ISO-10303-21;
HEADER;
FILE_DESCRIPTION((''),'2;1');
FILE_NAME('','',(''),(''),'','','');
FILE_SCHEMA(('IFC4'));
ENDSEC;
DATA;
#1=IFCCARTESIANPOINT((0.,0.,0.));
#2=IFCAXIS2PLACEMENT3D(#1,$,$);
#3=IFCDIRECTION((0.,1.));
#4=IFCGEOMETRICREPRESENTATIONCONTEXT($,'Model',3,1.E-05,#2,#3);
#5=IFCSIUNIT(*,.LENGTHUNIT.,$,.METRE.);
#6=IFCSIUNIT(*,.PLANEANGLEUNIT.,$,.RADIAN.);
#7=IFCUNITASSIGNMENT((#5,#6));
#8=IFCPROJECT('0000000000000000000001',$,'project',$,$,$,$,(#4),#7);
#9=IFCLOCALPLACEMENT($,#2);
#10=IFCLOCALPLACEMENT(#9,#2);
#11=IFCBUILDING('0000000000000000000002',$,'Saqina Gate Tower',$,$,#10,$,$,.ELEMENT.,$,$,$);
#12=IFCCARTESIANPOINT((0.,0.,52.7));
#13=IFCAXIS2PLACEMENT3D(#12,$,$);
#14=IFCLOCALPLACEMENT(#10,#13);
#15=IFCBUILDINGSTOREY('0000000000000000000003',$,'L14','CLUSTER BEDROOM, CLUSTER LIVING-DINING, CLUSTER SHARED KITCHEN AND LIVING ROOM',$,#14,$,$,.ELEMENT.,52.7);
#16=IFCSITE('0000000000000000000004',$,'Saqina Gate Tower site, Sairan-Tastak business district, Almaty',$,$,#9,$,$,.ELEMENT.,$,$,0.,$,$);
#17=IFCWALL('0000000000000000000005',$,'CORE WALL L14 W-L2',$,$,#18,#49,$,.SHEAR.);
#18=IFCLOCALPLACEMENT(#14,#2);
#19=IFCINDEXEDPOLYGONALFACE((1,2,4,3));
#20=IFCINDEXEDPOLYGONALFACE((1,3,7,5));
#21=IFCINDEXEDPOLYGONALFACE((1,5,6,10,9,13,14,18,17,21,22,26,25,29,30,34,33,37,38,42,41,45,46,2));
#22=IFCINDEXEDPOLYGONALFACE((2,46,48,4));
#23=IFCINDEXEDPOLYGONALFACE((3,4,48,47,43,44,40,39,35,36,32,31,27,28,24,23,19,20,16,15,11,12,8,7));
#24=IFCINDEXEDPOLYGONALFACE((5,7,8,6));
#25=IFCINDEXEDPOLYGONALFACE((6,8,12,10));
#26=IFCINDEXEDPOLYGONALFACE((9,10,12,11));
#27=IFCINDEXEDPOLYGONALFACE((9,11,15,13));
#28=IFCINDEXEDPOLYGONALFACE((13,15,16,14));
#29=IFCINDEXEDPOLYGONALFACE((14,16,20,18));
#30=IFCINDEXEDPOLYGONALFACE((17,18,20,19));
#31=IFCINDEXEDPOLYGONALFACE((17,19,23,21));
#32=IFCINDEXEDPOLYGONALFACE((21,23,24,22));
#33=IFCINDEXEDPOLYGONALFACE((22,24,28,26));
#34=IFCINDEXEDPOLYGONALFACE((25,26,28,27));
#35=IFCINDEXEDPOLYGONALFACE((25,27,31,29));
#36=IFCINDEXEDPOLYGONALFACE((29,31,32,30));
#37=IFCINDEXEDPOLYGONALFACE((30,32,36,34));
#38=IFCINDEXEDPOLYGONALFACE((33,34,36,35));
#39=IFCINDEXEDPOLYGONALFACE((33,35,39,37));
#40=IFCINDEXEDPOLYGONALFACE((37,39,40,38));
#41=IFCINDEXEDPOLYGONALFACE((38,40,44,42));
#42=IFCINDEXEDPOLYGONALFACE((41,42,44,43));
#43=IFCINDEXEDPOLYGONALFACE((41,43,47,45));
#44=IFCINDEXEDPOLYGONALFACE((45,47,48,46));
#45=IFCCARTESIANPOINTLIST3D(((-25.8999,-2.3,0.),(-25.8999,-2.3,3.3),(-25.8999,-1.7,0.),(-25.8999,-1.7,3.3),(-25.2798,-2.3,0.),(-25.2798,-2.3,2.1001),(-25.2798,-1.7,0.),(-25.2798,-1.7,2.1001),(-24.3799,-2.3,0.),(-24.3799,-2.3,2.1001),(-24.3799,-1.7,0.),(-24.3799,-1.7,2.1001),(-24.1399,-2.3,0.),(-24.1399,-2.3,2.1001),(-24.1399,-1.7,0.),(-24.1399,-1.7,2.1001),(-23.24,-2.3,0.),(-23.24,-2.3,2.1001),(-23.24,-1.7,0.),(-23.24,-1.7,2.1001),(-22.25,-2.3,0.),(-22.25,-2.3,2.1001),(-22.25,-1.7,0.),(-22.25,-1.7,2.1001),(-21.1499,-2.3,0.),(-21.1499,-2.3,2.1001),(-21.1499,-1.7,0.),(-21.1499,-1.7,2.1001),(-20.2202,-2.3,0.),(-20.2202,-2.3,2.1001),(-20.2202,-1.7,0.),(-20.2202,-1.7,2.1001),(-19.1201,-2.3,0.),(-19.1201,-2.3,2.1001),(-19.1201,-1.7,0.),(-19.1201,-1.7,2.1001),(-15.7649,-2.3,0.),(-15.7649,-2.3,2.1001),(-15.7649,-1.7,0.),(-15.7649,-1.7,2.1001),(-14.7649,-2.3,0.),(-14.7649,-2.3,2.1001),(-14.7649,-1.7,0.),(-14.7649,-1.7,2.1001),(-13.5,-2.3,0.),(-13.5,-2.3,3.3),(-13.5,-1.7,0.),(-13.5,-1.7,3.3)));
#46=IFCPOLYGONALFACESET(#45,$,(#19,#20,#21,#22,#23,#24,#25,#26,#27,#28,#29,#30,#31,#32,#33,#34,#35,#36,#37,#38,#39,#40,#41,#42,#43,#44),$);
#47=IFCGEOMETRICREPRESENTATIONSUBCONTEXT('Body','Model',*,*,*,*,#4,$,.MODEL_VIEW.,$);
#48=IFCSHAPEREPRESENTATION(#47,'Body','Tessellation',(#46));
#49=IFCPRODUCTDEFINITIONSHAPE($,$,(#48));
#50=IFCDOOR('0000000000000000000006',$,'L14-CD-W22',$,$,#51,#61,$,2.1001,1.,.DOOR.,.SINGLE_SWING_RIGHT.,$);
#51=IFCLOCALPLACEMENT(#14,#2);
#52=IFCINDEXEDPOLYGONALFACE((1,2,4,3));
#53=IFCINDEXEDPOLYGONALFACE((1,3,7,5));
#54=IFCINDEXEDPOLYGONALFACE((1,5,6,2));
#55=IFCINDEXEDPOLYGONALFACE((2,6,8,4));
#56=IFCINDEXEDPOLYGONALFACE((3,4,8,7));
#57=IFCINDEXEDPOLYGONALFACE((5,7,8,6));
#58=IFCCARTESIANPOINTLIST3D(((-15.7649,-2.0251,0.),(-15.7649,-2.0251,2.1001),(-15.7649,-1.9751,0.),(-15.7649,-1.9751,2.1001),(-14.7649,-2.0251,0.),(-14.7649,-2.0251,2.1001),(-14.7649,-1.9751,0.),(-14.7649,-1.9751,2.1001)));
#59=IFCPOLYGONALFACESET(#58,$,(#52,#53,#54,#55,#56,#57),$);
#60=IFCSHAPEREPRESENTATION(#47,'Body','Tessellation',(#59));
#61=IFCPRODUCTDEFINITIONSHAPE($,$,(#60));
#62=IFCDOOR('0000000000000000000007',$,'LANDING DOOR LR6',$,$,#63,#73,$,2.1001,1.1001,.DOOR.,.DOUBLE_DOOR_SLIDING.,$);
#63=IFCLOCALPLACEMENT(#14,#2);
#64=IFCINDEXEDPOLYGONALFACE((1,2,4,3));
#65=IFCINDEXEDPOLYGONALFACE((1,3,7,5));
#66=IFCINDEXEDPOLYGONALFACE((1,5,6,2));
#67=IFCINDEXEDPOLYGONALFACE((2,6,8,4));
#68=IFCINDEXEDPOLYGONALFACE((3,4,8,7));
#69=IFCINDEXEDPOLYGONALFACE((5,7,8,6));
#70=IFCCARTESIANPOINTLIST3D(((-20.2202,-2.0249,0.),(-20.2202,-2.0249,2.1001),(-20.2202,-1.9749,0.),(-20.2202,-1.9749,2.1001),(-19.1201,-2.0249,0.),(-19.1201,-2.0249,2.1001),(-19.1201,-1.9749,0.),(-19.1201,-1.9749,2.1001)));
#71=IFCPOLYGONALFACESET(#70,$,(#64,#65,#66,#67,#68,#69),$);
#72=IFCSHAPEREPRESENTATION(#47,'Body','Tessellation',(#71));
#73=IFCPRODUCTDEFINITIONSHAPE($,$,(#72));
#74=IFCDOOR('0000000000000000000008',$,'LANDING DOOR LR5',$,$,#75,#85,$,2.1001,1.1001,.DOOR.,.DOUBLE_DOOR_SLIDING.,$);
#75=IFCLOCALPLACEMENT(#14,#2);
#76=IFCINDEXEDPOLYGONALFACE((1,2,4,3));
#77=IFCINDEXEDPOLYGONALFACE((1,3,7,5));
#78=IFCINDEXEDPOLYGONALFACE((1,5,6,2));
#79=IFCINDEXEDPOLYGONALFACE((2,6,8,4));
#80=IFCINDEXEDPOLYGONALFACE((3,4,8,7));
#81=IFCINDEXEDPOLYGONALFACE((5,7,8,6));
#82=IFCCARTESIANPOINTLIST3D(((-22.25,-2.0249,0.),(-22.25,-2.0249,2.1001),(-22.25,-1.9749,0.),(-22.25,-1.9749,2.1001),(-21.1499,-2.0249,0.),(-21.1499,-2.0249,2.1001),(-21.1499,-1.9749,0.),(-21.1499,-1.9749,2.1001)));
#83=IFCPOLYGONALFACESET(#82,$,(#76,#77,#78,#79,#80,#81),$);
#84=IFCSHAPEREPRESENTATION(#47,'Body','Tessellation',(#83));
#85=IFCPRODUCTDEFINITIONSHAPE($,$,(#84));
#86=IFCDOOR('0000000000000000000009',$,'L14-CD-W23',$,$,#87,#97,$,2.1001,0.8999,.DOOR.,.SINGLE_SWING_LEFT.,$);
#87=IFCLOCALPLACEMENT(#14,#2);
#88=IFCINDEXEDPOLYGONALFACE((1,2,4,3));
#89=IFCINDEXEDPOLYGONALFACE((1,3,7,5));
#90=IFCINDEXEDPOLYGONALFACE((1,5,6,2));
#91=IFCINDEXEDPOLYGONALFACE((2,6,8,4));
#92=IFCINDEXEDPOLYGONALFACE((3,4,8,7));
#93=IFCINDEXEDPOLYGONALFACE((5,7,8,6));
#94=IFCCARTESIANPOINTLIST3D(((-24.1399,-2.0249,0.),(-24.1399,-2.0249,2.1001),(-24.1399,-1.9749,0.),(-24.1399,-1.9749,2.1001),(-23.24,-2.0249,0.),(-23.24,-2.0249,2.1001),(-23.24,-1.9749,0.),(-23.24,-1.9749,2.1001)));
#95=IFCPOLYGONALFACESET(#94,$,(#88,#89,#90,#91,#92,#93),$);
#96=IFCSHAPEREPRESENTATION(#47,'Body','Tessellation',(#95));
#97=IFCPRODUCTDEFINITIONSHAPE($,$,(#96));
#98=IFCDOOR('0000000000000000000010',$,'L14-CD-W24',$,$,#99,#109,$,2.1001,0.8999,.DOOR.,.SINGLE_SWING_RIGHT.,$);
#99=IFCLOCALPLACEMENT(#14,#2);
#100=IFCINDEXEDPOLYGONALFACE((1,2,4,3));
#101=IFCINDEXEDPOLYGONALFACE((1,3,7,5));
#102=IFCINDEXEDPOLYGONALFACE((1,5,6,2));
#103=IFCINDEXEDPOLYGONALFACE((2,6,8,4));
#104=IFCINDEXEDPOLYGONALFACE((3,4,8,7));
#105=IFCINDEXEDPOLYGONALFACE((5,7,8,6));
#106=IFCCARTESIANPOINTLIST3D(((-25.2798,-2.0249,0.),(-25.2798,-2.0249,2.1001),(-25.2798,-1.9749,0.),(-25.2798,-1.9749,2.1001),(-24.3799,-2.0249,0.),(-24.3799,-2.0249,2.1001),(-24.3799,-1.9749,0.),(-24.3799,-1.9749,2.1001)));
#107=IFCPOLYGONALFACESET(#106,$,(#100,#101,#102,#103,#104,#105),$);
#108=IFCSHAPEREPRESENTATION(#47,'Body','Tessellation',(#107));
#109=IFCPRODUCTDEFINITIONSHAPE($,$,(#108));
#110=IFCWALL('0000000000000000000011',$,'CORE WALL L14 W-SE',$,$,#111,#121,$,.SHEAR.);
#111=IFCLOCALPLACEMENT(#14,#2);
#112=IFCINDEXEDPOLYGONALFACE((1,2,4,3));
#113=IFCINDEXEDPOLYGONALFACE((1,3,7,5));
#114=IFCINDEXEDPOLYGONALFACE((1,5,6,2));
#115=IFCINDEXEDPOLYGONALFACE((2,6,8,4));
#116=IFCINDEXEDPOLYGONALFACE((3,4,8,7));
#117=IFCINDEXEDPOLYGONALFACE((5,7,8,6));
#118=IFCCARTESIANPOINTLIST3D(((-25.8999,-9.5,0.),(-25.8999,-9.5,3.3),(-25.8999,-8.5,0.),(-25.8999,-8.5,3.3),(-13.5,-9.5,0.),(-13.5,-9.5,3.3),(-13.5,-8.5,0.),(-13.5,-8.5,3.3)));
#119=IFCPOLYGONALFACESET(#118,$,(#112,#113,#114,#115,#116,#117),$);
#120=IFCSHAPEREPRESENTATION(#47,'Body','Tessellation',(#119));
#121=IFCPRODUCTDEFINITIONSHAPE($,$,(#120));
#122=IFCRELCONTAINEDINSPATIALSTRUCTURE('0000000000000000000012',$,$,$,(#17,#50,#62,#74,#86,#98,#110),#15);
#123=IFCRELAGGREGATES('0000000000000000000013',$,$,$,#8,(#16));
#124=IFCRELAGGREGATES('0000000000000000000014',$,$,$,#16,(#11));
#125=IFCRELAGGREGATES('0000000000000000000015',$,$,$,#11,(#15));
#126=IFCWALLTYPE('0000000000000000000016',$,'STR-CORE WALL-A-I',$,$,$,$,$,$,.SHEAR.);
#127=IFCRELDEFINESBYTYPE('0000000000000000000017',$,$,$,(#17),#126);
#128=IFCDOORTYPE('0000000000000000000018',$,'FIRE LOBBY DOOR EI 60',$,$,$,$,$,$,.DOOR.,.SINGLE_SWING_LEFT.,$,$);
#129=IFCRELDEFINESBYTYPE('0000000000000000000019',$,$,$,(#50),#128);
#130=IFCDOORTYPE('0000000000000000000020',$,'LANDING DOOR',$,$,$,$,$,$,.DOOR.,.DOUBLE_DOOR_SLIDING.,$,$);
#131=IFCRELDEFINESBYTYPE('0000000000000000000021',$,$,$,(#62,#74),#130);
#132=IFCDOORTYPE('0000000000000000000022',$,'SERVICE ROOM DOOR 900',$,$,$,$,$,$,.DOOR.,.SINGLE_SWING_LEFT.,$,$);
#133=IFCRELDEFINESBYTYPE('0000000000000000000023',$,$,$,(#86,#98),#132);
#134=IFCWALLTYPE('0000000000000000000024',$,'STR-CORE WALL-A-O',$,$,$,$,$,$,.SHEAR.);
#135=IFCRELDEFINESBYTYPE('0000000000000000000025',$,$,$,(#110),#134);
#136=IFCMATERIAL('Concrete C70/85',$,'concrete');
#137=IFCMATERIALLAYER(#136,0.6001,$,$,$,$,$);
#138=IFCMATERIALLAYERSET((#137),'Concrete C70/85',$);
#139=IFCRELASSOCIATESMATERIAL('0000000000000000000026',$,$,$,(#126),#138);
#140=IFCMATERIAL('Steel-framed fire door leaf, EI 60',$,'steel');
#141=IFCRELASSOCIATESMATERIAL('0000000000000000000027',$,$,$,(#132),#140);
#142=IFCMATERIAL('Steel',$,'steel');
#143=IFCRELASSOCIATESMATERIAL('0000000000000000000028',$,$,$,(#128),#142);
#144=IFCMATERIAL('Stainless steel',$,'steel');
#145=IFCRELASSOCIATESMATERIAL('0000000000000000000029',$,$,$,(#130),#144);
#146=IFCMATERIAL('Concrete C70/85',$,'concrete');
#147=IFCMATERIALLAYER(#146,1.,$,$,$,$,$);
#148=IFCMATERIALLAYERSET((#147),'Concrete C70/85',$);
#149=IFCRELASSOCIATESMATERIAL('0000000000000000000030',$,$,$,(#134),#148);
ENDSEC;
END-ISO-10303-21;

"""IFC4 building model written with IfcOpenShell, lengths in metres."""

from ifc_helpers import new_model, si_unit, direction, frame, frame_2d, origin, place, context, subcontext, project, spatial, rectangle, extrude, material, layer, layer_set, type_object, element, fill, save


model = new_model("IFC4")

# Units and contexts
model_context = context("Model", 3, precision=1e-05, world=origin(), true_north=direction((0.0, 1.0)))
body_context = subcontext(model_context, "Body", "Model", "MODEL_VIEW")
ifc_project = project(units=[si_unit("LENGTHUNIT", "METRE"), si_unit("PLANEANGLEUNIT", "RADIAN")], contexts=[model_context])

# Site, building, storey
site_placement = place(None, origin())
site = spatial("IfcSite", under=ifc_project, at=site_placement, Name="Saqina Gate Tower site, Sairan-Tastak business district, Almaty", CompositionType="ELEMENT", RefElevation=0.0)
building_placement = place(site_placement, origin())
building = spatial("IfcBuilding", under=site, at=building_placement, Name="Saqina Gate Tower", CompositionType="ELEMENT")
storey_placement = place(building_placement, frame((0.0, 0.0, 52.7)))
storey = spatial("IfcBuildingStorey", under=building, at=storey_placement, Name="L14", Description="CLUSTER BEDROOM, CLUSTER LIVING-DINING, CLUSTER SHARED KITCHEN AND LIVING ROOM", CompositionType="ELEMENT", Elevation=52.7)

# Wall, openings, doors
ifc_material_1 = material(Name="Concrete C70/85", Category="concrete")
ifc_layer_1 = layer(ifc_material_1, 0.6001)
ifc_layer_set_1 = layer_set([ifc_layer_1], Name="Concrete C70/85")
wall_type_1 = type_object("IfcWallType", Name="STR-CORE WALL-A-I", PredefinedType="SHEAR", material=ifc_layer_set_1)
ifc_material_2 = material(Name="Steel-framed fire door leaf, EI 60", Category="steel")
door_type_1 = type_object("IfcDoorType", Name="SERVICE ROOM DOOR 900", OperationType="SINGLE_SWING_LEFT", PredefinedType="DOOR", material=ifc_material_2)
wall_1_placement = place(storey_placement, frame((-13.5, -2.0, 0.0), z_axis=(0.0, 0.0, 1.0), x_axis=(-1.0, 0.0, 0.0)))
wall_1 = element("IfcWall", 1, at=wall_1_placement, inside=storey, type_object=wall_type_1, Name="CORE WALL L14 W-L2", PredefinedType="SHEAR", context=body_context, shape_type="SweptSolid", body=[
    extrude(rectangle(XDim=12.3999, YDim=0.6001, at=frame_2d((6.2, 0.0))), origin(), (0.0, 0.0, 1.0), 3.3),
])
opening_1_placement = place(wall_1_placement, frame((5.6201, 0.0, 0.0)))
opening_1 = element("IfcOpeningElement", 2, at=opening_1_placement, cuts=wall_1, PredefinedType="OPENING", context=body_context, shape_type="SweptSolid", body=[
    extrude(rectangle(XDim=1.1001, YDim=2.1001, at=frame_2d((0.55, 1.05))), frame((0.0, 0.312, 0.0), z_axis=(0.0, -1.0, 0.0), x_axis=(1.0, 0.0, 0.0)), (0.0, 0.0, 1.0), 0.624),
])
opening_2_placement = place(wall_1_placement, frame((7.6499, 0.0, 0.0)))
opening_2 = element("IfcOpeningElement", 3, at=opening_2_placement, cuts=wall_1, PredefinedType="OPENING", context=body_context, shape_type="SweptSolid", body=[
    extrude(rectangle(XDim=1.1001, YDim=2.1001, at=frame_2d((0.55, 1.05))), frame((0.0, 0.312, 0.0), z_axis=(0.0, -1.0, 0.0), x_axis=(1.0, 0.0, 0.0)), (0.0, 0.0, 1.0), 0.624),
])
opening_3_placement = place(wall_1_placement, frame((1.2649, 0.0, 0.0)))
opening_3 = element("IfcOpeningElement", 4, at=opening_3_placement, cuts=wall_1, PredefinedType="OPENING", context=body_context, shape_type="SweptSolid", body=[
    extrude(rectangle(XDim=1.0, YDim=2.1001, at=frame_2d((0.5, 1.05))), frame((0.0, 0.312, 0.0), z_axis=(0.0, -1.0, 0.0), x_axis=(1.0, 0.0, 0.0)), (0.0, 0.0, 1.0), 0.624),
])
opening_4_placement = place(wall_1_placement, frame((9.74, 0.0, 0.0)))
opening_4 = element("IfcOpeningElement", 5, at=opening_4_placement, cuts=wall_1, PredefinedType="OPENING", context=body_context, shape_type="SweptSolid", body=[
    extrude(rectangle(XDim=0.8999, YDim=2.1001, at=frame_2d((0.45, 1.05))), frame((0.0, 0.312, 0.0), z_axis=(0.0, -1.0, 0.0), x_axis=(1.0, 0.0, 0.0)), (0.0, 0.0, 1.0), 0.624),
])
opening_5_placement = place(wall_1_placement, frame((10.8799, 0.0, 0.0)))
opening_5 = element("IfcOpeningElement", 6, at=opening_5_placement, cuts=wall_1, PredefinedType="OPENING", context=body_context, shape_type="SweptSolid", body=[
    extrude(rectangle(XDim=0.8999, YDim=2.1001, at=frame_2d((0.45, 1.05))), frame((0.0, 0.312, 0.0), z_axis=(0.0, -1.0, 0.0), x_axis=(1.0, 0.0, 0.0)), (0.0, 0.0, 1.0), 0.624),
])
ifc_material_3 = material(Name="Steel", Category="steel")
door_type_2 = type_object("IfcDoorType", Name="FIRE LOBBY DOOR EI 60", OperationType="SINGLE_SWING_LEFT", PredefinedType="DOOR", material=ifc_material_3)
door_1_placement = place(opening_3_placement, frame((1.0, 0.0, 0.0), z_axis=(0.0, 0.0, 1.0), x_axis=(-1.0, 0.0, 0.0)))
door_1 = element("IfcDoor", 7, at=door_1_placement, inside=storey, type_object=door_type_2, Name="L14-CD-W22", OperationType="SINGLE_SWING_RIGHT", OverallHeight=2.1001, OverallWidth=1.0, PredefinedType="DOOR", context=body_context, shape_type="SweptSolid", body=[
    extrude(rectangle(XDim=1.0, YDim=2.1001, at=frame_2d((0.5, 1.05))), frame((0.0, 0.0249, 0.0), z_axis=(0.0, -1.0, 0.0), x_axis=(1.0, 0.0, 0.0)), (0.0, 0.0, 1.0), 0.05),
])
fill(opening_3, door_1)
ifc_material_4 = material(Name="Stainless steel", Category="steel")
door_type_3 = type_object("IfcDoorType", Name="LANDING DOOR", OperationType="DOUBLE_DOOR_SLIDING", PredefinedType="DOOR", material=ifc_material_4)
door_2_placement = place(opening_1_placement, origin())
door_2 = element("IfcDoor", 8, at=door_2_placement, inside=storey, type_object=door_type_3, Name="LANDING DOOR LR6", OperationType="DOUBLE_DOOR_SLIDING", OverallHeight=2.1001, OverallWidth=1.1001, PredefinedType="DOOR", context=body_context, shape_type="SweptSolid", body=[
    extrude(rectangle(XDim=1.1001, YDim=2.1001, at=frame_2d((0.55, 1.05))), frame((0.0, 0.0249, 0.0), z_axis=(0.0, -1.0, 0.0), x_axis=(1.0, 0.0, 0.0)), (0.0, 0.0, 1.0), 0.05),
])
fill(opening_1, door_2)
door_3_placement = place(opening_2_placement, origin())
door_3 = element("IfcDoor", 9, at=door_3_placement, inside=storey, type_object=door_type_3, Name="LANDING DOOR LR5", OperationType="DOUBLE_DOOR_SLIDING", OverallHeight=2.1001, OverallWidth=1.1001, PredefinedType="DOOR", context=body_context, shape_type="SweptSolid", body=[
    extrude(rectangle(XDim=1.1001, YDim=2.1001, at=frame_2d((0.55, 1.05))), frame((0.0, 0.0249, 0.0), z_axis=(0.0, -1.0, 0.0), x_axis=(1.0, 0.0, 0.0)), (0.0, 0.0, 1.0), 0.05),
])
fill(opening_2, door_3)
door_4_placement = place(opening_4_placement, origin())
door_4 = element("IfcDoor", 10, at=door_4_placement, inside=storey, type_object=door_type_1, Name="L14-CD-W23", OperationType="SINGLE_SWING_LEFT", OverallHeight=2.1001, OverallWidth=0.8999, PredefinedType="DOOR", context=body_context, shape_type="SweptSolid", body=[
    extrude(rectangle(XDim=0.8999, YDim=2.1001, at=frame_2d((0.45, 1.05))), frame((0.0, 0.0249, 0.0), z_axis=(0.0, -1.0, 0.0), x_axis=(1.0, 0.0, 0.0)), (0.0, 0.0, 1.0), 0.05),
])
fill(opening_4, door_4)
door_5_placement = place(opening_5_placement, origin())
door_5 = element("IfcDoor", 11, at=door_5_placement, inside=storey, type_object=door_type_1, Name="L14-CD-W24", OperationType="SINGLE_SWING_RIGHT", OverallHeight=2.1001, OverallWidth=0.8999, PredefinedType="DOOR", context=body_context, shape_type="SweptSolid", body=[
    extrude(rectangle(XDim=0.8999, YDim=2.1001, at=frame_2d((0.45, 1.05))), frame((0.0, 0.0249, 0.0), z_axis=(0.0, -1.0, 0.0), x_axis=(1.0, 0.0, 0.0)), (0.0, 0.0, 1.0), 0.05),
])
fill(opening_5, door_5)

# Wall
ifc_material_5 = material(Name="Concrete C70/85", Category="concrete")
ifc_layer_2 = layer(ifc_material_5, 1.0)
ifc_layer_set_2 = layer_set([ifc_layer_2], Name="Concrete C70/85")
wall_type_2 = type_object("IfcWallType", Name="STR-CORE WALL-A-O", PredefinedType="SHEAR", material=ifc_layer_set_2)
wall_2_placement = place(storey_placement, frame((-13.5, -9.0, 0.0), z_axis=(0.0, 0.0, 1.0), x_axis=(-1.0, 0.0, 0.0)))
element("IfcWall", 12, at=wall_2_placement, inside=storey, type_object=wall_type_2, Name="CORE WALL L14 W-SE", PredefinedType="SHEAR", context=body_context, shape_type="SweptSolid", body=[
    extrude(rectangle(XDim=12.3999, YDim=1.0, at=frame_2d((6.2, 0.0))), origin(), (0.0, 0.0, 1.0), 3.3),
])

save(model, "model.ifc")
